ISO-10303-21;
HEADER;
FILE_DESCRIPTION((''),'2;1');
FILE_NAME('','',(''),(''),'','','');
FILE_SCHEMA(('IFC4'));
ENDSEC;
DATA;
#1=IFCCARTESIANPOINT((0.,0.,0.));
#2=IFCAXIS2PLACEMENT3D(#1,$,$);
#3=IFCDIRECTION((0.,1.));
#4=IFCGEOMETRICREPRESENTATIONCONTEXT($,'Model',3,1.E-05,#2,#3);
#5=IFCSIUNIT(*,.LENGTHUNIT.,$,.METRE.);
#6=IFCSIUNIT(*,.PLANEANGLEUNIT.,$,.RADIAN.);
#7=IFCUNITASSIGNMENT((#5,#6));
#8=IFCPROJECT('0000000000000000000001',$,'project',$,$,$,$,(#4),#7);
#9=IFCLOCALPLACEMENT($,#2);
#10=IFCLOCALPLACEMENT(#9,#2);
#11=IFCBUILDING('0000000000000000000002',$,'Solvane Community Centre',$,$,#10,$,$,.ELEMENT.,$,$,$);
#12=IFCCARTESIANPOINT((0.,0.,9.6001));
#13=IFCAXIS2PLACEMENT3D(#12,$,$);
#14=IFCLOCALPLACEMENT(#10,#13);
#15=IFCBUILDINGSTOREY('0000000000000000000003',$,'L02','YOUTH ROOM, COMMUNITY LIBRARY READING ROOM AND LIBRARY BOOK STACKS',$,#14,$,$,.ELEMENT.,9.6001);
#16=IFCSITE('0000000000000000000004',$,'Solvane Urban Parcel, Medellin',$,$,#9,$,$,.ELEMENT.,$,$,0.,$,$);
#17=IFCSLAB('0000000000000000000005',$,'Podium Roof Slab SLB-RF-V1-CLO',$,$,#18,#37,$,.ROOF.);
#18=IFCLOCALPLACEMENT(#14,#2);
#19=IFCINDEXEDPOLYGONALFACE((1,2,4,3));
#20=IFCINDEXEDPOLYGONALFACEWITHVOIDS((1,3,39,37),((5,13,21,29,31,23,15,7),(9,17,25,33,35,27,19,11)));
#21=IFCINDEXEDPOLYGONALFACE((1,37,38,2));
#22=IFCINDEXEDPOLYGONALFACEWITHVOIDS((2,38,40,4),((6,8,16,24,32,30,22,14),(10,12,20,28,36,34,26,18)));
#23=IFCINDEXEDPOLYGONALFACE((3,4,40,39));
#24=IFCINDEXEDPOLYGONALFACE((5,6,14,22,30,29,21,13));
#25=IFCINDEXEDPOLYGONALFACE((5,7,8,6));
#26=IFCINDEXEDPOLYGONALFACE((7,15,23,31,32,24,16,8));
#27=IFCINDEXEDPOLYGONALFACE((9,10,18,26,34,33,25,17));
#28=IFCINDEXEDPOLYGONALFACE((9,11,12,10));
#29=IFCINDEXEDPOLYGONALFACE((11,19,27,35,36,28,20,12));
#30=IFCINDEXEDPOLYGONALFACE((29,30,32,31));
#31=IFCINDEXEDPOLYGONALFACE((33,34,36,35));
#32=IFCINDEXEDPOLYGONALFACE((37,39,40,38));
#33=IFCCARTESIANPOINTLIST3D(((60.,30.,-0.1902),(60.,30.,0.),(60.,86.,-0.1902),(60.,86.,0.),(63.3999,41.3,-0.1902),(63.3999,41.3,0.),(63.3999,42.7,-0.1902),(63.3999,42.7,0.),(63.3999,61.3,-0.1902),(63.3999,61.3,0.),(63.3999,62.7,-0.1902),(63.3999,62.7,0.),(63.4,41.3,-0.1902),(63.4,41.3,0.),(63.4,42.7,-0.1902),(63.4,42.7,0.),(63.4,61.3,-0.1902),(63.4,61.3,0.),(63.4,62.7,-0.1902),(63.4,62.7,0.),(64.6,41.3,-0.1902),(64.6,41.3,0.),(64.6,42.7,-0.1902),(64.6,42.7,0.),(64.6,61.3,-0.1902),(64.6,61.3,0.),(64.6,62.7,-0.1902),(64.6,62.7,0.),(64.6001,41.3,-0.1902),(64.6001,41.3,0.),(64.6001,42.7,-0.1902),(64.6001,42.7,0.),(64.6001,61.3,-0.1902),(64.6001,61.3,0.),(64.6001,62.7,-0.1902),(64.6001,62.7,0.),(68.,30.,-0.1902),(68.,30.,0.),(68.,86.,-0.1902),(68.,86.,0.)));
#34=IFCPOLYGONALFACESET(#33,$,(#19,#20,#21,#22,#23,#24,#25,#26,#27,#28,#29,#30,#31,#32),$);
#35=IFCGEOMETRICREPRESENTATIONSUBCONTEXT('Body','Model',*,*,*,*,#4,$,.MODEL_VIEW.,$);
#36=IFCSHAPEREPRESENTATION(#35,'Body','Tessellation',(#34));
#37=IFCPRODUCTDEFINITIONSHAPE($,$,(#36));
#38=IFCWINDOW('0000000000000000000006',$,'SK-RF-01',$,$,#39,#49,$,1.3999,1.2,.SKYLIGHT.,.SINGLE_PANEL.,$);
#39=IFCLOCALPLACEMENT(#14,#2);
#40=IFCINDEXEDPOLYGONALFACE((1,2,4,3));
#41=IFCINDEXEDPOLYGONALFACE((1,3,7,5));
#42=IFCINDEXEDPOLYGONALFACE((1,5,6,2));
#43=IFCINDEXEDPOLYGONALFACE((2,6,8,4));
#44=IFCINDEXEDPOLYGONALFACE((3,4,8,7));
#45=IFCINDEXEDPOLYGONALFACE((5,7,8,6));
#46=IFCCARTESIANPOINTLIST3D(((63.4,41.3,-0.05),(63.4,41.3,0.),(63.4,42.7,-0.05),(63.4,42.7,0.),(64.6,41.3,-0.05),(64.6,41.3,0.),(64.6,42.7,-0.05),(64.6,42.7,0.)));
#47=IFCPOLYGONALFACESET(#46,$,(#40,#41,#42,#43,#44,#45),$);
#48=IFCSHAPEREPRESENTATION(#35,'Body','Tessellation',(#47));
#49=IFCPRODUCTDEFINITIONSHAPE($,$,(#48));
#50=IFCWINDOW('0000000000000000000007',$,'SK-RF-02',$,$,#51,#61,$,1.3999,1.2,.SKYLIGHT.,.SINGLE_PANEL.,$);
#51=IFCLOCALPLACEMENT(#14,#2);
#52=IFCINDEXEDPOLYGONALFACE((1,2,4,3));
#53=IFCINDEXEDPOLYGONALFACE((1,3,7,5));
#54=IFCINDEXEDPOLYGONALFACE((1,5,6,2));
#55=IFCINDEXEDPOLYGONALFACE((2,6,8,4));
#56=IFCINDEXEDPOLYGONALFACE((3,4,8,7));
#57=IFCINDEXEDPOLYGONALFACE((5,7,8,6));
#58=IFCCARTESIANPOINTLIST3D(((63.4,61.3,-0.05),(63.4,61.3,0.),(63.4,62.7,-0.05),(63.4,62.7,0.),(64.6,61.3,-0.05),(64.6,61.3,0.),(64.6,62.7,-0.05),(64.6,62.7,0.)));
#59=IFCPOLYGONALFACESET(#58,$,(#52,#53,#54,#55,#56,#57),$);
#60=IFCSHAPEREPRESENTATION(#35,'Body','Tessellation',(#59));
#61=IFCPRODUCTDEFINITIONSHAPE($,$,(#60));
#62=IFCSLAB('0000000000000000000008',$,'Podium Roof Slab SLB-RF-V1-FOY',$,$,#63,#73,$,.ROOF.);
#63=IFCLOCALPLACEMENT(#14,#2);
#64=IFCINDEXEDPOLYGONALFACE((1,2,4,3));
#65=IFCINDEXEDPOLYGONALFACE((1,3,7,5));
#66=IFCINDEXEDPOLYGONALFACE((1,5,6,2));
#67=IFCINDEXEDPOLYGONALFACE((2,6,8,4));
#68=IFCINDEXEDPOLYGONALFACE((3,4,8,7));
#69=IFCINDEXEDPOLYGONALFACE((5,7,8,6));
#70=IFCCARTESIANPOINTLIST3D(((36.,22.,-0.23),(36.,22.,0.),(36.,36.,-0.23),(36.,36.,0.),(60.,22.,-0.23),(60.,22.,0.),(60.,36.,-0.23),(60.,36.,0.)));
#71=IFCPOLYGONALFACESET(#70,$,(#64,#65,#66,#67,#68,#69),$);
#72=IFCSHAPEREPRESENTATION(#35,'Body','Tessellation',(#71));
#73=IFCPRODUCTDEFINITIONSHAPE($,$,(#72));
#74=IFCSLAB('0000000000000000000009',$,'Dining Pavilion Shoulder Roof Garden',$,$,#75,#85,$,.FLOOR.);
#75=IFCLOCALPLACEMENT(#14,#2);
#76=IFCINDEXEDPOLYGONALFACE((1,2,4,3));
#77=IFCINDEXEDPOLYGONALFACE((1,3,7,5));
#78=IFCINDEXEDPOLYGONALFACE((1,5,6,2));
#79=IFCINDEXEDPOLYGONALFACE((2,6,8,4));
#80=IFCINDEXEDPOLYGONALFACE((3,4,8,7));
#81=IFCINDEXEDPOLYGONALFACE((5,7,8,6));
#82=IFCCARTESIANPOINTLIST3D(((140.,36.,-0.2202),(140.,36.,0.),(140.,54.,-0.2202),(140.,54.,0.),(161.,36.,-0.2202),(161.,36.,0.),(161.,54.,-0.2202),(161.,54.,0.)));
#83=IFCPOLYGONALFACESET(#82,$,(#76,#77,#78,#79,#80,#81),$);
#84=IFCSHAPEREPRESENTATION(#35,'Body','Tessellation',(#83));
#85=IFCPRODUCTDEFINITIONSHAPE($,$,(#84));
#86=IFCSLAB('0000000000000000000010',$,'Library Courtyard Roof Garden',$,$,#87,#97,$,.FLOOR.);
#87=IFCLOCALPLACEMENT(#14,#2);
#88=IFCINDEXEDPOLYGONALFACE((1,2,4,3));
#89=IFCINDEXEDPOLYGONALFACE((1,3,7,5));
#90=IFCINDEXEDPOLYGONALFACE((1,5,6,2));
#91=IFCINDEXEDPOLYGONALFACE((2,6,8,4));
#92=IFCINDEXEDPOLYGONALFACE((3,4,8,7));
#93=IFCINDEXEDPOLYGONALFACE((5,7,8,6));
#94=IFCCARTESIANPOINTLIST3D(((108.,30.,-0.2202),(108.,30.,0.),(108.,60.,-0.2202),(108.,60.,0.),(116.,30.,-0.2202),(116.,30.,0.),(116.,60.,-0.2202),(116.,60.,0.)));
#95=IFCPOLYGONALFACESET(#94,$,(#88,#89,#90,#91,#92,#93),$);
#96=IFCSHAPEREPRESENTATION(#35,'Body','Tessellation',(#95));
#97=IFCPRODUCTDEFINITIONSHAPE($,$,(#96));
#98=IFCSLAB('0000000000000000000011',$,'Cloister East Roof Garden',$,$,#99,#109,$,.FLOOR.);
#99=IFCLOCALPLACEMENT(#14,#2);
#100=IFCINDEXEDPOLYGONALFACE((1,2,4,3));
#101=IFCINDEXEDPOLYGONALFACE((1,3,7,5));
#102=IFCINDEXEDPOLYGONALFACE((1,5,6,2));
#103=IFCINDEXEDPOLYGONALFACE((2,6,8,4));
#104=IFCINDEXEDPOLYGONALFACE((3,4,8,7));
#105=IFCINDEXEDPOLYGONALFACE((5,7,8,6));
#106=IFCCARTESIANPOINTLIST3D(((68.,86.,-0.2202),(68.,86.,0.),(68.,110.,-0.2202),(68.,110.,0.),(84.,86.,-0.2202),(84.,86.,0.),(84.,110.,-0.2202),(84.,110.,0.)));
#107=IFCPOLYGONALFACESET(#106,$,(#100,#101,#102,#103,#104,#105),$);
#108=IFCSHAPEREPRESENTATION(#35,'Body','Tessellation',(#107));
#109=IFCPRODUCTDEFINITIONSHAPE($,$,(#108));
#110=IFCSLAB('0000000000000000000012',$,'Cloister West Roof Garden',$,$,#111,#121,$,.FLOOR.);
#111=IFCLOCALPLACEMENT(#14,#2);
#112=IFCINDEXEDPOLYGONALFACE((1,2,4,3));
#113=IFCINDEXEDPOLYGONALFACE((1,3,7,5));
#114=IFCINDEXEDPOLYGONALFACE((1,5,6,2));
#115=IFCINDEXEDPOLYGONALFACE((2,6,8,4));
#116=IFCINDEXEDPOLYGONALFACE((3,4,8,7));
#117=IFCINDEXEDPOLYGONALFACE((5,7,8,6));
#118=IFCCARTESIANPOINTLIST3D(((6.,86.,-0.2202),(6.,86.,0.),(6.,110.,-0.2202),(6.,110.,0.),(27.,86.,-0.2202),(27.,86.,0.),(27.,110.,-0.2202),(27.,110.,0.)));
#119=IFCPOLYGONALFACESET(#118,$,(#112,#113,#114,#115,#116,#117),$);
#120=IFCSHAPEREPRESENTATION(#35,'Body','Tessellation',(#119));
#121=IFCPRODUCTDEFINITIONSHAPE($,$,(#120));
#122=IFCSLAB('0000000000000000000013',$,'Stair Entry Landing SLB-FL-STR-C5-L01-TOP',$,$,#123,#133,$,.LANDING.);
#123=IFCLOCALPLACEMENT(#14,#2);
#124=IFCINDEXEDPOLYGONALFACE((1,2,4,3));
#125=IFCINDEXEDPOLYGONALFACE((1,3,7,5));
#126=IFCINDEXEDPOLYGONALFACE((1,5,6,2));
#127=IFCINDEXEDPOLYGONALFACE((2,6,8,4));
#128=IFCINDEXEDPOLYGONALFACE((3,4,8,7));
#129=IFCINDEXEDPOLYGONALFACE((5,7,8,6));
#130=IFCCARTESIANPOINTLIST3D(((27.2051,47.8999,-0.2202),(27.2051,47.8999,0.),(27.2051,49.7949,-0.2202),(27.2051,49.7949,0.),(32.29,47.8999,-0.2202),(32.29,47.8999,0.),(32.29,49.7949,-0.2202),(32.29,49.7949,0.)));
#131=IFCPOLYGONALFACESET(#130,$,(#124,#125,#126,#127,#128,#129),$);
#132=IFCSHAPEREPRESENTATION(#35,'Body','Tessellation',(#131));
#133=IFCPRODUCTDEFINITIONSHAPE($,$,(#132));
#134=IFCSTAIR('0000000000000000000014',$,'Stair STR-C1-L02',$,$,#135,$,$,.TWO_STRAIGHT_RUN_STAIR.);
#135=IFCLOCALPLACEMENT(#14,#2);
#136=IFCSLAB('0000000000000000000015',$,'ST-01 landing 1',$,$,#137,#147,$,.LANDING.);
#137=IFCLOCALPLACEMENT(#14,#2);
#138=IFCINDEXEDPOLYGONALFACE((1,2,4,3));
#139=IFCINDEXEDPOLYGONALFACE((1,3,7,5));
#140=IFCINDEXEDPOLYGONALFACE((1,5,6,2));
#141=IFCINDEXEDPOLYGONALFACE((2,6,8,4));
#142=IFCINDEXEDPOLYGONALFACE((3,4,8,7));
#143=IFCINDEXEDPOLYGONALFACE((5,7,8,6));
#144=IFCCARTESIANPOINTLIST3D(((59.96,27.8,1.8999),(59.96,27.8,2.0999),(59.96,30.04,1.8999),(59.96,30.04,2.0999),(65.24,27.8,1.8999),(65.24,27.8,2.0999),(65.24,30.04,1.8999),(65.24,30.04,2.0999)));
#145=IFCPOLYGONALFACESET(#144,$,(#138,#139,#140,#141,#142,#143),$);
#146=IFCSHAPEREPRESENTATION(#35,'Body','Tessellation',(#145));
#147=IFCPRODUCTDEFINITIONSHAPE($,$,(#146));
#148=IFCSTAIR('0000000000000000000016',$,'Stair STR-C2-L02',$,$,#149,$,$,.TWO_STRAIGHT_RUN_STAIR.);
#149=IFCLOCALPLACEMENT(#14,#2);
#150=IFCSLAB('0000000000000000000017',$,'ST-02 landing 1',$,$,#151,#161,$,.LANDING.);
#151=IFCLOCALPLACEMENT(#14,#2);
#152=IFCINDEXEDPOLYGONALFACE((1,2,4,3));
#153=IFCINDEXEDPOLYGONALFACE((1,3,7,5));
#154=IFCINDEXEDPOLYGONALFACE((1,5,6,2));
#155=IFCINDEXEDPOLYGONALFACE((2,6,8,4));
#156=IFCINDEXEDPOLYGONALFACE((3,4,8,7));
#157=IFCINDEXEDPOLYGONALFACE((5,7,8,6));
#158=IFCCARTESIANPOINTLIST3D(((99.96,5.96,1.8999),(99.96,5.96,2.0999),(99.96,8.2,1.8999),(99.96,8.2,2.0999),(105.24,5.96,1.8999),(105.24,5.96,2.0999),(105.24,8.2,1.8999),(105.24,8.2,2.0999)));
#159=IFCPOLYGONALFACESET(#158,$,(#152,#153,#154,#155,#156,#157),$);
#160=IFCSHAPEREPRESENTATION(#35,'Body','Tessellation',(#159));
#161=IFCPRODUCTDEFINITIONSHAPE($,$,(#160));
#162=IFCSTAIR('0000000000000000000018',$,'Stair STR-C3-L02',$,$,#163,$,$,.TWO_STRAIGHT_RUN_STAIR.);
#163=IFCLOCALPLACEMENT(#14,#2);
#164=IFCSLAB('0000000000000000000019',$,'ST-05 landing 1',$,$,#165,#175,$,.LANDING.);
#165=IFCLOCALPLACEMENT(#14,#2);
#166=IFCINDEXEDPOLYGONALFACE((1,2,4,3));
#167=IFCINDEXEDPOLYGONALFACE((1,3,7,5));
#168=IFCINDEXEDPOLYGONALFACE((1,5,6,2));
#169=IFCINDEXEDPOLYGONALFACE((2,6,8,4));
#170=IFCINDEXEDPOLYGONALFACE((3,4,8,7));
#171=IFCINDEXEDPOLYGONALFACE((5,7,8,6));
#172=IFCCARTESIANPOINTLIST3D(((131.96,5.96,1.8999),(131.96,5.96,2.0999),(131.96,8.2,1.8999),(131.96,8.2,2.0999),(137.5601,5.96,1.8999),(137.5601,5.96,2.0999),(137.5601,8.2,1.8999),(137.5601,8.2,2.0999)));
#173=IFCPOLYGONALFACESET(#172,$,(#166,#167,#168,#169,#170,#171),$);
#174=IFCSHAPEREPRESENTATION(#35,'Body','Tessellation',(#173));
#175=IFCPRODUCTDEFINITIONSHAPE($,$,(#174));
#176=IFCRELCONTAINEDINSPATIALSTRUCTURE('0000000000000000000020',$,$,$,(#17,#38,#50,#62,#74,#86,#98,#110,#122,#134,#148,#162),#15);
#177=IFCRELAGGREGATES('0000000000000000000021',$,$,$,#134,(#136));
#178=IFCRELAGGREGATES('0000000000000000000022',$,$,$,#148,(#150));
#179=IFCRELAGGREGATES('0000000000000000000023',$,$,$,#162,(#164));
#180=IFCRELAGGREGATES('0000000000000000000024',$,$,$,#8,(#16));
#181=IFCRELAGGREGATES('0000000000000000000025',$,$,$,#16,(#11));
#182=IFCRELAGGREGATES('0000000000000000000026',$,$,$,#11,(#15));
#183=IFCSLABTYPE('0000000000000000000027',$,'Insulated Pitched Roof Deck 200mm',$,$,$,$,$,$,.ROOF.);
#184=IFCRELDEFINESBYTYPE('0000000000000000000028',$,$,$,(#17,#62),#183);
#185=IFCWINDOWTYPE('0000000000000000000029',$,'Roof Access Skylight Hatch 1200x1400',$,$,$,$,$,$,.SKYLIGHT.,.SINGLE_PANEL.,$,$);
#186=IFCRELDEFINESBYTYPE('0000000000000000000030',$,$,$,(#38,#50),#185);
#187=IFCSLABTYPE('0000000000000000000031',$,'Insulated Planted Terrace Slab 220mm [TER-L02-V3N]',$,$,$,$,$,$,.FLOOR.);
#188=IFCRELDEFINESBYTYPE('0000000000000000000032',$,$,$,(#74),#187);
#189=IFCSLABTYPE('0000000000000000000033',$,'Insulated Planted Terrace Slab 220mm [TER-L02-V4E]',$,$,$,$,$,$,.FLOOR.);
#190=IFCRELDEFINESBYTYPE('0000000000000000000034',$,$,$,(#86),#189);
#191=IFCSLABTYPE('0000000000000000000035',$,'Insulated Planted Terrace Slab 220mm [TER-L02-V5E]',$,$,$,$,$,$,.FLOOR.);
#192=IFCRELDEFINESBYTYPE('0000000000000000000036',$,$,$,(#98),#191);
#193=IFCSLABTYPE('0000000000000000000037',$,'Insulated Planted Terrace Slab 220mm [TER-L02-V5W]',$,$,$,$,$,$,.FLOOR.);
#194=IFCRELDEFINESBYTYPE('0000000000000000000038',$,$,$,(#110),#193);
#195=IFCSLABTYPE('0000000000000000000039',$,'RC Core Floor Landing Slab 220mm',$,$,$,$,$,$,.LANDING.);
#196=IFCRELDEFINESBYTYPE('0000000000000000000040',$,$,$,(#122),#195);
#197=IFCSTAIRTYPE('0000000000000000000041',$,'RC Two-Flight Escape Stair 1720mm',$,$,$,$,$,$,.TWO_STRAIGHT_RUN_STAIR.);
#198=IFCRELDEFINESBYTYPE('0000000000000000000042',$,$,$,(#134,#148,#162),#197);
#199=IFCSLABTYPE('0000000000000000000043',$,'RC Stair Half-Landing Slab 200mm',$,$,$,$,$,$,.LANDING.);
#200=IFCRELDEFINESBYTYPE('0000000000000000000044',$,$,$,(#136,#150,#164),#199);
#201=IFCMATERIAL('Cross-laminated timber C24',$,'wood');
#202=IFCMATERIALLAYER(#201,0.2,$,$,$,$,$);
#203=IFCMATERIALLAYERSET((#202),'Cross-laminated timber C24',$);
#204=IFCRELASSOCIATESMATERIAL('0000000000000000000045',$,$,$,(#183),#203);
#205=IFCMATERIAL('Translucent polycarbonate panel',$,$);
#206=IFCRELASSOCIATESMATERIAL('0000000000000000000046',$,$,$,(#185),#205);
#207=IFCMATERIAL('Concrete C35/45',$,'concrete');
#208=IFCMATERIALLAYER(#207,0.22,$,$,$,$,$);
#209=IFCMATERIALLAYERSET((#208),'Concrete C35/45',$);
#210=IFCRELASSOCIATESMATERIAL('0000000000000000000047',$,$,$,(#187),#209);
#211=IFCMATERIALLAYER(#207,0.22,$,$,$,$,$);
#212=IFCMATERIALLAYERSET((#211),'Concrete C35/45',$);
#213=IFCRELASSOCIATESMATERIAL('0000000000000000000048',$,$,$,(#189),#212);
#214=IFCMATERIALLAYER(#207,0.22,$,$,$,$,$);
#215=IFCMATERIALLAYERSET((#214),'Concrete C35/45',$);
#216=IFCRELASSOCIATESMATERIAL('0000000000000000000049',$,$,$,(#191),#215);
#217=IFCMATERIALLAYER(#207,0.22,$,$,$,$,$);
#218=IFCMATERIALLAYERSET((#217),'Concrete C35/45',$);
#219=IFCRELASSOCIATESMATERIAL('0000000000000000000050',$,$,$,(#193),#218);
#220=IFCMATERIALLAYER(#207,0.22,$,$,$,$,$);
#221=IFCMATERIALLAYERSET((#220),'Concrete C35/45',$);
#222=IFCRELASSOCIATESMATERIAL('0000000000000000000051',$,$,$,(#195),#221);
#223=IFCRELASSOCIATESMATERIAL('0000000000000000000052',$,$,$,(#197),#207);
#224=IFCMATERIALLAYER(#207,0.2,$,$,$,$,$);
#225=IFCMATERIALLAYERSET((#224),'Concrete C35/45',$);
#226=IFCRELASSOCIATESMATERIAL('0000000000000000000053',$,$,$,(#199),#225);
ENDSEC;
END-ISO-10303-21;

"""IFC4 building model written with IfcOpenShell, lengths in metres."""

from ifc_helpers import new_model, si_unit, direction, frame, origin, origin_2d, place, context, subcontext, project, spatial, polyline, rectangle, outline, extrude, material, layer, layer_set, type_object, element, fill, aggregate, save


model = new_model("IFC4")

# Units and contexts
model_context = context("Model", 3, precision=1e-05, world=origin(), true_north=direction((0.0, 1.0)))
body_context = subcontext(model_context, "Body", "Model", "MODEL_VIEW")
ifc_project = project(units=[si_unit("LENGTHUNIT", "METRE"), si_unit("PLANEANGLEUNIT", "RADIAN")], contexts=[model_context])

# Site, building, storey
site_placement = place(None, origin())
site = spatial("IfcSite", under=ifc_project, at=site_placement, Name="Solvane Urban Parcel, Medellin", CompositionType="ELEMENT", RefElevation=0.0)
building_placement = place(site_placement, origin())
building = spatial("IfcBuilding", under=site, at=building_placement, Name="Solvane Community Centre", CompositionType="ELEMENT")
storey_placement = place(building_placement, frame((0.0, 0.0, 9.6001)))
storey = spatial("IfcBuildingStorey", under=building, at=storey_placement, Name="L02", Description="YOUTH ROOM, COMMUNITY LIBRARY READING ROOM AND LIBRARY BOOK STACKS", CompositionType="ELEMENT", Elevation=9.6001)

# Shared definitions
ifc_material_1 = material(Name="Cross-laminated timber C24", Category="wood")

# Shared definitions
ifc_layer_1 = layer(ifc_material_1, 0.2)
ifc_layer_set_1 = layer_set([ifc_layer_1], Name="Cross-laminated timber C24")
slab_type_1 = type_object("IfcSlabType", Name="Insulated Pitched Roof Deck 200mm", PredefinedType="ROOF", material=ifc_layer_set_1)
ifc_material_2 = material(Name="Translucent polycarbonate panel")

# Slab, openings, windows
slab_1_placement = place(storey_placement, frame((0.0, 0.0, -0.1902)))
slab_1 = element("IfcSlab", 1, at=slab_1_placement, inside=storey, type_object=slab_type_1, Name="Podium Roof Slab SLB-RF-V1-CLO", PredefinedType="ROOF", context=body_context, shape_type="SweptSolid", body=[
    extrude(outline(polyline([(60.0, 30.0), (68.0, 30.0), (68.0, 86.0), (60.0, 86.0), (60.0, 30.0)]), holes=[polyline([(63.3999, 41.3), (64.6001, 41.3), (64.6001, 42.7), (63.3999, 42.7), (63.3999, 41.3)]), polyline([(63.3999, 61.3), (64.6001, 61.3), (64.6001, 62.7), (63.3999, 62.7), (63.3999, 61.3)])]), origin(), (0.0, 0.0, 1.0), 0.1902),
])
opening_1_placement = place(slab_1_placement, frame((64.0, 42.0, 0.0)))
opening_1 = element("IfcOpeningElement", 2, at=opening_1_placement, cuts=slab_1, PredefinedType="OPENING", context=body_context, shape_type="SweptSolid", body=[
    extrude(rectangle(XDim=1.2, YDim=1.3999, at=origin_2d()), origin(), (0.0, 0.0, 1.0), 0.1902),
])
opening_2_placement = place(slab_1_placement, frame((64.0, 62.0, 0.0)))
opening_2 = element("IfcOpeningElement", 3, at=opening_2_placement, cuts=slab_1, PredefinedType="OPENING", context=body_context, shape_type="SweptSolid", body=[
    extrude(rectangle(XDim=1.2, YDim=1.3999, at=origin_2d()), origin(), (0.0, 0.0, 1.0), 0.1902),
])
window_type_1 = type_object("IfcWindowType", Name="Roof Access Skylight Hatch 1200x1400", PartitioningType="SINGLE_PANEL", PredefinedType="SKYLIGHT", material=ifc_material_2)
window_1_placement = place(opening_1_placement, frame((0.0, 0.0, 0.1401)))
window_1 = element("IfcWindow", 4, at=window_1_placement, inside=storey, type_object=window_type_1, Name="SK-RF-01", OverallHeight=1.3999, OverallWidth=1.2, PartitioningType="SINGLE_PANEL", PredefinedType="SKYLIGHT", context=body_context, shape_type="SweptSolid", body=[
    extrude(rectangle(XDim=1.2, YDim=1.3999, at=origin_2d()), origin(), (0.0, 0.0, 1.0), 0.05),
])
fill(opening_1, window_1)
window_2_placement = place(opening_2_placement, frame((0.0, 0.0, 0.1401)))
window_2 = element("IfcWindow", 5, at=window_2_placement, inside=storey, type_object=window_type_1, Name="SK-RF-02", OverallHeight=1.3999, OverallWidth=1.2, PartitioningType="SINGLE_PANEL", PredefinedType="SKYLIGHT", context=body_context, shape_type="SweptSolid", body=[
    extrude(rectangle(XDim=1.2, YDim=1.3999, at=origin_2d()), origin(), (0.0, 0.0, 1.0), 0.05),
])
fill(opening_2, window_2)

# Slabs
slab_2_placement = place(storey_placement, frame((0.0, 0.0, -0.23)))
element("IfcSlab", 6, at=slab_2_placement, inside=storey, type_object=slab_type_1, Name="Podium Roof Slab SLB-RF-V1-FOY", PredefinedType="ROOF", context=body_context, shape_type="SweptSolid", body=[
    extrude(outline(polyline([(36.0, 22.0), (60.0, 22.0), (60.0, 36.0), (36.0, 36.0), (36.0, 22.0)])), origin(), (0.0, 0.0, 1.0), 0.23),
])
ifc_material_3 = material(Name="Concrete C35/45", Category="concrete")
ifc_layer_2 = layer(ifc_material_3, 0.22)
ifc_layer_set_2 = layer_set([ifc_layer_2], Name="Concrete C35/45")
slab_type_2 = type_object("IfcSlabType", Name="Insulated Planted Terrace Slab 220mm [TER-L02-V3N]", PredefinedType="FLOOR", material=ifc_layer_set_2)
slab_3_placement = place(storey_placement, frame((0.0, 0.0, -0.2202)))
element("IfcSlab", 7, at=slab_3_placement, inside=storey, type_object=slab_type_2, Name="Dining Pavilion Shoulder Roof Garden", PredefinedType="FLOOR", context=body_context, shape_type="SweptSolid", body=[
    extrude(outline(polyline([(140.0, 36.0), (161.0, 36.0), (161.0, 54.0), (140.0, 54.0), (140.0, 36.0)])), origin(), (0.0, 0.0, 1.0), 0.2202),
])
ifc_layer_3 = layer(ifc_material_3, 0.22)
ifc_layer_set_3 = layer_set([ifc_layer_3], Name="Concrete C35/45")
slab_type_3 = type_object("IfcSlabType", Name="Insulated Planted Terrace Slab 220mm [TER-L02-V4E]", PredefinedType="FLOOR", material=ifc_layer_set_3)
slab_4_placement = place(storey_placement, frame((0.0, 0.0, -0.2202)))
element("IfcSlab", 8, at=slab_4_placement, inside=storey, type_object=slab_type_3, Name="Library Courtyard Roof Garden", PredefinedType="FLOOR", context=body_context, shape_type="SweptSolid", body=[
    extrude(outline(polyline([(108.0, 30.0), (116.0, 30.0), (116.0, 60.0), (108.0, 60.0), (108.0, 30.0)])), origin(), (0.0, 0.0, 1.0), 0.2202),
])
ifc_layer_4 = layer(ifc_material_3, 0.22)
ifc_layer_set_4 = layer_set([ifc_layer_4], Name="Concrete C35/45")
slab_type_4 = type_object("IfcSlabType", Name="Insulated Planted Terrace Slab 220mm [TER-L02-V5E]", PredefinedType="FLOOR", material=ifc_layer_set_4)
slab_5_placement = place(storey_placement, frame((0.0, 0.0, -0.2202)))
element("IfcSlab", 9, at=slab_5_placement, inside=storey, type_object=slab_type_4, Name="Cloister East Roof Garden", PredefinedType="FLOOR", context=body_context, shape_type="SweptSolid", body=[
    extrude(outline(polyline([(68.0, 86.0), (84.0, 86.0), (84.0, 110.0), (68.0, 110.0), (68.0, 86.0)])), origin(), (0.0, 0.0, 1.0), 0.2202),
])
ifc_layer_5 = layer(ifc_material_3, 0.22)
ifc_layer_set_5 = layer_set([ifc_layer_5], Name="Concrete C35/45")
slab_type_5 = type_object("IfcSlabType", Name="Insulated Planted Terrace Slab 220mm [TER-L02-V5W]", PredefinedType="FLOOR", material=ifc_layer_set_5)
slab_6_placement = place(storey_placement, frame((0.0, 0.0, -0.2202)))
element("IfcSlab", 10, at=slab_6_placement, inside=storey, type_object=slab_type_5, Name="Cloister West Roof Garden", PredefinedType="FLOOR", context=body_context, shape_type="SweptSolid", body=[
    extrude(outline(polyline([(6.0, 86.0), (27.0, 86.0), (27.0, 110.0), (6.0, 110.0), (6.0, 86.0)])), origin(), (0.0, 0.0, 1.0), 0.2202),
])
ifc_layer_6 = layer(ifc_material_3, 0.22)
ifc_layer_set_6 = layer_set([ifc_layer_6], Name="Concrete C35/45")
slab_type_6 = type_object("IfcSlabType", Name="RC Core Floor Landing Slab 220mm", PredefinedType="LANDING", material=ifc_layer_set_6)
slab_7_placement = place(storey_placement, frame((0.0, 0.0, -0.2202)))
element("IfcSlab", 11, at=slab_7_placement, inside=storey, type_object=slab_type_6, Name="Stair Entry Landing SLB-FL-STR-C5-L01-TOP", PredefinedType="LANDING", context=body_context, shape_type="SweptSolid", body=[
    extrude(outline(polyline([(32.29, 47.8999), (27.2051, 47.8999), (27.2051, 49.7949), (32.29, 49.7949), (32.29, 47.8999)])), origin(), (0.0, 0.0, 1.0), 0.2202),
])

# Stairs, slabs
stair_type_1 = type_object("IfcStairType", Name="RC Two-Flight Escape Stair 1720mm", PredefinedType="TWO_STRAIGHT_RUN_STAIR", material=ifc_material_3)
stair_1_placement = place(storey_placement, origin())
stair_1 = element("IfcStair", 12, at=stair_1_placement, inside=storey, type_object=stair_type_1, Name="Stair STR-C1-L02", PredefinedType="TWO_STRAIGHT_RUN_STAIR")
ifc_layer_7 = layer(ifc_material_3, 0.2)
ifc_layer_set_7 = layer_set([ifc_layer_7], Name="Concrete C35/45")
slab_type_7 = type_object("IfcSlabType", Name="RC Stair Half-Landing Slab 200mm", PredefinedType="LANDING", material=ifc_layer_set_7)
slab_8_placement = place(storey_placement, frame((0.0, 0.0, 1.8999)))
slab_8 = element("IfcSlab", 13, at=slab_8_placement, type_object=slab_type_7, Name="ST-01 landing 1", PredefinedType="LANDING", context=body_context, shape_type="SweptSolid", body=[
    extrude(outline(polyline([(59.96, 27.8), (65.24, 27.8), (65.24, 30.04), (59.96, 30.04), (59.96, 27.8)])), origin(), (0.0, 0.0, 1.0), 0.2),
])
aggregate(stair_1, [slab_8])
stair_2_placement = place(storey_placement, origin())
stair_2 = element("IfcStair", 14, at=stair_2_placement, inside=storey, type_object=stair_type_1, Name="Stair STR-C2-L02", PredefinedType="TWO_STRAIGHT_RUN_STAIR")
slab_9_placement = place(storey_placement, frame((0.0, 0.0, 1.8999)))
slab_9 = element("IfcSlab", 15, at=slab_9_placement, type_object=slab_type_7, Name="ST-02 landing 1", PredefinedType="LANDING", context=body_context, shape_type="SweptSolid", body=[
    extrude(outline(polyline([(99.96, 5.96), (105.24, 5.96), (105.24, 8.2), (99.96, 8.2), (99.96, 5.96)])), origin(), (0.0, 0.0, 1.0), 0.2),
])
aggregate(stair_2, [slab_9])
stair_3_placement = place(storey_placement, origin())
stair_3 = element("IfcStair", 16, at=stair_3_placement, inside=storey, type_object=stair_type_1, Name="Stair STR-C3-L02", PredefinedType="TWO_STRAIGHT_RUN_STAIR")
slab_10_placement = place(storey_placement, frame((0.0, 0.0, 1.8999)))
slab_10 = element("IfcSlab", 17, at=slab_10_placement, type_object=slab_type_7, Name="ST-05 landing 1", PredefinedType="LANDING", context=body_context, shape_type="SweptSolid", body=[
    extrude(outline(polyline([(131.96, 5.96), (137.5601, 5.96), (137.5601, 8.2), (131.96, 8.2), (131.96, 5.96)])), origin(), (0.0, 0.0, 1.0), 0.2),
])
aggregate(stair_3, [slab_10])

save(model, "model.ifc")
